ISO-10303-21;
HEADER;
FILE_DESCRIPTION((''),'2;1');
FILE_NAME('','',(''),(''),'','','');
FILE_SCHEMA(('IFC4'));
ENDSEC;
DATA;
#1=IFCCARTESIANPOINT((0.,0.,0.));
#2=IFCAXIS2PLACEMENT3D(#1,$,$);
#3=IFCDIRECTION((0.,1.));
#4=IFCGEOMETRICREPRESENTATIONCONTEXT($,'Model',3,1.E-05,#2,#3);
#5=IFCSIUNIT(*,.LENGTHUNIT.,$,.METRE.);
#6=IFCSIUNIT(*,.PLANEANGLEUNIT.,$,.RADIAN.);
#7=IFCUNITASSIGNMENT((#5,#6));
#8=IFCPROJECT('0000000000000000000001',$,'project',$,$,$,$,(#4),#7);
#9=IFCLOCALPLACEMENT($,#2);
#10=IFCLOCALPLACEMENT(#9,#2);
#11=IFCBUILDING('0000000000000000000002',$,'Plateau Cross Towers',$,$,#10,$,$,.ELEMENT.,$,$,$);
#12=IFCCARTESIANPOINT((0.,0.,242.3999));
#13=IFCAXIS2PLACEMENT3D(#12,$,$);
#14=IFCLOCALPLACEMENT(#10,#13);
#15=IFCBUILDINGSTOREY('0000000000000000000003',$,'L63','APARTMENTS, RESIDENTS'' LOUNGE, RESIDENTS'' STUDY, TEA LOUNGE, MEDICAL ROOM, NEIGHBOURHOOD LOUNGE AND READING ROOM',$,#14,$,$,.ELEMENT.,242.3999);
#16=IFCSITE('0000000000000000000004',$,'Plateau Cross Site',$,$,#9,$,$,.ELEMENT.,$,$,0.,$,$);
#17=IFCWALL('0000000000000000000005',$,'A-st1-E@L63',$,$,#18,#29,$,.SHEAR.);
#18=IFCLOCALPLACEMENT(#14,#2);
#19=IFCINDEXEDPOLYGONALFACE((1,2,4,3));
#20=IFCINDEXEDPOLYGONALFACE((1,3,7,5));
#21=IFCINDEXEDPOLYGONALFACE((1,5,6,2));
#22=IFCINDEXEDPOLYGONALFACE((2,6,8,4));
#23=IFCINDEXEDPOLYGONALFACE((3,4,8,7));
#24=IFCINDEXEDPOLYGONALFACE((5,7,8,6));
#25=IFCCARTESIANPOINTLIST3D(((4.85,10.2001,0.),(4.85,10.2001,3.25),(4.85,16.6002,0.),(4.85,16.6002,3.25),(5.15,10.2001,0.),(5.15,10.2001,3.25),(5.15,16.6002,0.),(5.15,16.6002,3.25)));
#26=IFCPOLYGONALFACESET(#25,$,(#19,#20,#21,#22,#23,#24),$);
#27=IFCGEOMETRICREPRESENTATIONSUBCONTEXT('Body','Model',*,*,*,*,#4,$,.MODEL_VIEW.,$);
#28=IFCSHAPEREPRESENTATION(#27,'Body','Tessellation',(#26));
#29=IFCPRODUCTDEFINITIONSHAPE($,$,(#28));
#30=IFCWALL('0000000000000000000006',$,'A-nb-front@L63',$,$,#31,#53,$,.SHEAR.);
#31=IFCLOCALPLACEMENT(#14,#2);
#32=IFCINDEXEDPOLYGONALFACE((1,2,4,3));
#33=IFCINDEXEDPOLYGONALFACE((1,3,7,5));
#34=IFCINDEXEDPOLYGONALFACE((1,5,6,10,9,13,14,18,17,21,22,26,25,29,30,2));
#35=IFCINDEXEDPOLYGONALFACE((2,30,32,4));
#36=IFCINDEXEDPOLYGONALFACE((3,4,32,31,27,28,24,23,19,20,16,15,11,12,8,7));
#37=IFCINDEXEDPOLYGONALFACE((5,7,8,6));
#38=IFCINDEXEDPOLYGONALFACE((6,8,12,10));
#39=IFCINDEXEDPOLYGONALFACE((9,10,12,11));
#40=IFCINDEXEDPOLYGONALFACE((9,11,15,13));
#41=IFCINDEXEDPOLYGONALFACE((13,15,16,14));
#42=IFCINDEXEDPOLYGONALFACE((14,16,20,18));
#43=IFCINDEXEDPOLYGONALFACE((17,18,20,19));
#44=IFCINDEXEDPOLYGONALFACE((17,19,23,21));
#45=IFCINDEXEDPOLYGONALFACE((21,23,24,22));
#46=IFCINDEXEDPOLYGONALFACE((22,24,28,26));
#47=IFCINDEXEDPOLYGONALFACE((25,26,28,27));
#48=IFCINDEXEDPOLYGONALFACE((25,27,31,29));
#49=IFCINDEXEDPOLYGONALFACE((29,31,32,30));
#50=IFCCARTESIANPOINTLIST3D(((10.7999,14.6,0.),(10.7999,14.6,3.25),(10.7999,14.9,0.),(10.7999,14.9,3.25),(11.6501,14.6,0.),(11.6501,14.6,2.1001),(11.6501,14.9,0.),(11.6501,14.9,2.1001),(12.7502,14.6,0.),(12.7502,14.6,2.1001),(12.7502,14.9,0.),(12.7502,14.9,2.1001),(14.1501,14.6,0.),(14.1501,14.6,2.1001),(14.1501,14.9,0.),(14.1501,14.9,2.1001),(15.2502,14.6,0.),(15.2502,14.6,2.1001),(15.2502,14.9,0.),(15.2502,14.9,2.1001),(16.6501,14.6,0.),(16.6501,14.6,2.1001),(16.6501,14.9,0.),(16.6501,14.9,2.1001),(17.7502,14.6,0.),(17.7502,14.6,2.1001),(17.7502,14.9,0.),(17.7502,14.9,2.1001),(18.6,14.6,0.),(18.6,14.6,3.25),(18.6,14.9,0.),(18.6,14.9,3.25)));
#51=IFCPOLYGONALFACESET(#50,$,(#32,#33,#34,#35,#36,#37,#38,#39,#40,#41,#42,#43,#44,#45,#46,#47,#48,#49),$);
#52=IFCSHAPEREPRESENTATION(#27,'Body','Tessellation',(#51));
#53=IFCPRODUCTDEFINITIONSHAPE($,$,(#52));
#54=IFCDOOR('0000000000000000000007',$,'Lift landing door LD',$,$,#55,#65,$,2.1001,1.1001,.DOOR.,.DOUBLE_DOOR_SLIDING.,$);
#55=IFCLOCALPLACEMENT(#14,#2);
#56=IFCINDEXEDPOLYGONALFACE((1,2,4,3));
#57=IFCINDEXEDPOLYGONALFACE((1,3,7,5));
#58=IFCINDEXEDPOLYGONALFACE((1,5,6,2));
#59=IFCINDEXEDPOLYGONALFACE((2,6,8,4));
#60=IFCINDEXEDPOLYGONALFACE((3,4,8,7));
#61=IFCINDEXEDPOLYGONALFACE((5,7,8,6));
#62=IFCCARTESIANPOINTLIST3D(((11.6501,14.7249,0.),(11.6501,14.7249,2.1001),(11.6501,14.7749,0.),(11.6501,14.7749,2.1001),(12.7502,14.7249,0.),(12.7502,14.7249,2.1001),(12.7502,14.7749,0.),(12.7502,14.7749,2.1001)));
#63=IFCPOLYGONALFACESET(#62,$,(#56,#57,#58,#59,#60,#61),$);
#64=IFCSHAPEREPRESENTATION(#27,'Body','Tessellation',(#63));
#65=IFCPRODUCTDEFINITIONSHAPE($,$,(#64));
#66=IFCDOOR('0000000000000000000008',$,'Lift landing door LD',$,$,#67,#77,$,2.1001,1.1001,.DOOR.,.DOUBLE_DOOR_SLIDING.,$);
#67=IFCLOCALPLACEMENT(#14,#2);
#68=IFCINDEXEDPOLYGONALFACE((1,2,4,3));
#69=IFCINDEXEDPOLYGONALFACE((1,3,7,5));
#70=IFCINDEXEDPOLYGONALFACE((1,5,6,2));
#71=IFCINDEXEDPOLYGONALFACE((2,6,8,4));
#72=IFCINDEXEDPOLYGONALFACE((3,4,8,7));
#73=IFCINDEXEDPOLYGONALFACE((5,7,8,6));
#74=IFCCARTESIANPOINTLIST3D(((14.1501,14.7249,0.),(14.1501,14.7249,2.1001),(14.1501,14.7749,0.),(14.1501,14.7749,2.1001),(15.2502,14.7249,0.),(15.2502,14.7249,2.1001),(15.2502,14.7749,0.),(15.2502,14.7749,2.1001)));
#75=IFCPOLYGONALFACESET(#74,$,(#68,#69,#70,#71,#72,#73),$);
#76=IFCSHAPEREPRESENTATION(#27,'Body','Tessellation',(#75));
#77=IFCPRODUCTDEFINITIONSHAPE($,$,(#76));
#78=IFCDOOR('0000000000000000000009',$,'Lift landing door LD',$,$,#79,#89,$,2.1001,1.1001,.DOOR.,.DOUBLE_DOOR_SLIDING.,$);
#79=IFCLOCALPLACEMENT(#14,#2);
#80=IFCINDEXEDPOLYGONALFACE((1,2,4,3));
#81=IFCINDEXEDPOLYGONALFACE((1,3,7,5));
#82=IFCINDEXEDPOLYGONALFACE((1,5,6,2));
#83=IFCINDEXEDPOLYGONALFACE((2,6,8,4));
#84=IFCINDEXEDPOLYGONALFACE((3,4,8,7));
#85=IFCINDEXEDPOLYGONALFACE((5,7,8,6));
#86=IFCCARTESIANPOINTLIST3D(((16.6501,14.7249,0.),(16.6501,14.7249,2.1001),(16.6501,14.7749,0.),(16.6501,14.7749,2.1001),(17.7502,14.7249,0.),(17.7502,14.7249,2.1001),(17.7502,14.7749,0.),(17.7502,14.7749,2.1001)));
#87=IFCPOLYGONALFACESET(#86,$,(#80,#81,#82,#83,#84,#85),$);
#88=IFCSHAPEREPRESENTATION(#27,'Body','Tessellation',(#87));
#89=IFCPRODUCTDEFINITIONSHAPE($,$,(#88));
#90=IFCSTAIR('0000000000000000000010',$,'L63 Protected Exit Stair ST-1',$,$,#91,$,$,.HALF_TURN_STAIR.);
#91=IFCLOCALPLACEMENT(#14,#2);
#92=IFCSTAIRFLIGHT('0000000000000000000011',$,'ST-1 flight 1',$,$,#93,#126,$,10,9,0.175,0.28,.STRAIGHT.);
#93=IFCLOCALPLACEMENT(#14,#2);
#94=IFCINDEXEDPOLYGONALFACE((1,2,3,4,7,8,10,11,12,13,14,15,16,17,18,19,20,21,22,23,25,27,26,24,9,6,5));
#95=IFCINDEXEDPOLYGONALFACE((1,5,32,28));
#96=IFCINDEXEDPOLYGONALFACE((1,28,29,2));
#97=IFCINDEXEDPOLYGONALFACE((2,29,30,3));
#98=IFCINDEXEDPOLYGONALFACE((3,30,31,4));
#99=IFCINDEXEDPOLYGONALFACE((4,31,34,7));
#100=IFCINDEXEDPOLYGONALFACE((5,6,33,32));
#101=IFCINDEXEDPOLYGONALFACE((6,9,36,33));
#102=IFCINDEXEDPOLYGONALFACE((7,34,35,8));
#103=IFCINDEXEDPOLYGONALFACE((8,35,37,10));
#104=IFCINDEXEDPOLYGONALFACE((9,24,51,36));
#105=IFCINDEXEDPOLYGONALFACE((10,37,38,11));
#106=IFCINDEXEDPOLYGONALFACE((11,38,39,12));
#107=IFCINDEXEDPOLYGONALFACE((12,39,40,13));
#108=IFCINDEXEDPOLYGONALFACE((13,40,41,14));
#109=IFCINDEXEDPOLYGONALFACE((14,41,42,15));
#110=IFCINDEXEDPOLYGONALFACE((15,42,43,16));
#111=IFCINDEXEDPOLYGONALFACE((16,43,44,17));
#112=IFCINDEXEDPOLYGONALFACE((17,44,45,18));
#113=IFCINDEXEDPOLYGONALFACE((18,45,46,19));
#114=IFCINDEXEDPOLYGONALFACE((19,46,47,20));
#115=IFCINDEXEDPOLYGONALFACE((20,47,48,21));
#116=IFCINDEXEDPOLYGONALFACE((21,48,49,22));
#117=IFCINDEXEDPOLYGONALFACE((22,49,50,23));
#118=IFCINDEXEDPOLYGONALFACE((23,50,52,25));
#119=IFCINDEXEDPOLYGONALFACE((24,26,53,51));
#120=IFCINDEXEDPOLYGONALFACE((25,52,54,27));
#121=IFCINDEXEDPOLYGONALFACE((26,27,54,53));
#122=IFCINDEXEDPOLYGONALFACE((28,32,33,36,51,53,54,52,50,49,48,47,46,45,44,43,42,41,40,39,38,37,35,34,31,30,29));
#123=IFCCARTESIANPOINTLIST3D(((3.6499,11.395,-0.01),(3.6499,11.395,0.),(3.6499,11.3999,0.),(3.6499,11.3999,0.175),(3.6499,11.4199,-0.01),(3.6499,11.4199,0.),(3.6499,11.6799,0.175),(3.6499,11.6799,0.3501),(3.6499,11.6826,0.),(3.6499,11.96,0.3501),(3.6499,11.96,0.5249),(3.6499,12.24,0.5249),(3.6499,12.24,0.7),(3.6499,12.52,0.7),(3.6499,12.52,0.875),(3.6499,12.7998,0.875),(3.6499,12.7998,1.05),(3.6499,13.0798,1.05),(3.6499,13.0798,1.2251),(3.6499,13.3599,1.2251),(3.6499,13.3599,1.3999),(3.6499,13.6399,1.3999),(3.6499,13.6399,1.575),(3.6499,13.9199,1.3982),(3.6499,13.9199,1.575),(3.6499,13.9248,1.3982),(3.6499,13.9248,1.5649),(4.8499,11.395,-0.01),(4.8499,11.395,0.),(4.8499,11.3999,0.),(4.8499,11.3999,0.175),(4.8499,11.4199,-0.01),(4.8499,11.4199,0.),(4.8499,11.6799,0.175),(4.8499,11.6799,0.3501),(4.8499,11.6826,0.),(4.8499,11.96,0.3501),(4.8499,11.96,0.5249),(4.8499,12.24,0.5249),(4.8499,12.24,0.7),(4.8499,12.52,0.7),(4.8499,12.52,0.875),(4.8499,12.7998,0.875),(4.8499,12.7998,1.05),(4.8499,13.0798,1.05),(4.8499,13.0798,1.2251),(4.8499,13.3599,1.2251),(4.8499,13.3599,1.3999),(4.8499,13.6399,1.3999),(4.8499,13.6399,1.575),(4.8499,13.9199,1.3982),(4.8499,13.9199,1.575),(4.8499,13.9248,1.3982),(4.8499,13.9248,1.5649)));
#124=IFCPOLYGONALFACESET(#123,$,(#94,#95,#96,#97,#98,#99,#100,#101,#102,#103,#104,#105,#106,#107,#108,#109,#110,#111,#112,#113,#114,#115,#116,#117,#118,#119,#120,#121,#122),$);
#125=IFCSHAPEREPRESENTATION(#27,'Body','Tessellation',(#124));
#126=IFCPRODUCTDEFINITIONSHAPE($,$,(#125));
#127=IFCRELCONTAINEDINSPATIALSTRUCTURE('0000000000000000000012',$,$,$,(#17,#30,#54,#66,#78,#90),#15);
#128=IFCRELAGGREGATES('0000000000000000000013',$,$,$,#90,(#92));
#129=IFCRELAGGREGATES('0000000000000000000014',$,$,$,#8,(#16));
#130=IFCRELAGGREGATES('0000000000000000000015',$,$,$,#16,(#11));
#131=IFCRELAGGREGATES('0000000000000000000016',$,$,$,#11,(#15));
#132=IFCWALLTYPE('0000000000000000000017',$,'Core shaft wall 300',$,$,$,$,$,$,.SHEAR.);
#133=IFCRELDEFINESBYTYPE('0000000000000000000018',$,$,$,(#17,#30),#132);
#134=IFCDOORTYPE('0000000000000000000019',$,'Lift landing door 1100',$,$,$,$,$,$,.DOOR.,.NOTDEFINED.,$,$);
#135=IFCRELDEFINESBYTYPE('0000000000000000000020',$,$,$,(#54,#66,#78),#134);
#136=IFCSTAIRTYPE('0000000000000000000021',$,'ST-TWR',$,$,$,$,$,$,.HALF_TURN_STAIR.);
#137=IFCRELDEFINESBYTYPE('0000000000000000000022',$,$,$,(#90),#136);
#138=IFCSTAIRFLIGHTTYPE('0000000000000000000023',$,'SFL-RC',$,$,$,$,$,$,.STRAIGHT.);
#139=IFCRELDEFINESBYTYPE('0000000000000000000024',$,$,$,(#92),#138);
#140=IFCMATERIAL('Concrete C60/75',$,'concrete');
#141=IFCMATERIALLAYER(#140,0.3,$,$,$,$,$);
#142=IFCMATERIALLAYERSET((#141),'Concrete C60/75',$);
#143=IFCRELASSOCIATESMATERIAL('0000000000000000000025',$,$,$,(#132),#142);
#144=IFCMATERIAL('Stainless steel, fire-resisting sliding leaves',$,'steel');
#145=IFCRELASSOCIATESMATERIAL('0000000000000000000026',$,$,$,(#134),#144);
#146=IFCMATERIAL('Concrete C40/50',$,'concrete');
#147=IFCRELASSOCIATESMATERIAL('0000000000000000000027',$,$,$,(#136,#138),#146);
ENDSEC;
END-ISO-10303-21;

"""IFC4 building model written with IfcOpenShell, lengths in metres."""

from ifc_helpers import new_model, si_unit, direction, frame, frame_2d, origin, place, context, subcontext, project, spatial, polyline, rectangle, outline, extrude, material, layer, layer_set, type_object, element, fill, aggregate, save


model = new_model("IFC4")

# Units and contexts
model_context = context("Model", 3, precision=1e-05, world=origin(), true_north=direction((0.0, 1.0)))
body_context = subcontext(model_context, "Body", "Model", "MODEL_VIEW")
ifc_project = project(units=[si_unit("LENGTHUNIT", "METRE"), si_unit("PLANEANGLEUNIT", "RADIAN")], contexts=[model_context])

# Site, building, storey
site_placement = place(None, origin())
site = spatial("IfcSite", under=ifc_project, at=site_placement, Name="Plateau Cross Site", CompositionType="ELEMENT", RefElevation=0.0)
building_placement = place(site_placement, origin())
building = spatial("IfcBuilding", under=site, at=building_placement, Name="Plateau Cross Towers", CompositionType="ELEMENT")
storey_placement = place(building_placement, frame((0.0, 0.0, 242.3999)))
storey = spatial("IfcBuildingStorey", under=building, at=storey_placement, Name="L63", Description="APARTMENTS, RESIDENTS' LOUNGE, RESIDENTS' STUDY, TEA LOUNGE, MEDICAL ROOM, NEIGHBOURHOOD LOUNGE AND READING ROOM", CompositionType="ELEMENT", Elevation=242.3999)

# Wall
ifc_material_1 = material(Name="Concrete C60/75", Category="concrete")
ifc_layer_1 = layer(ifc_material_1, 0.3)
ifc_layer_set_1 = layer_set([ifc_layer_1], Name="Concrete C60/75")
wall_type_1 = type_object("IfcWallType", Name="Core shaft wall 300", PredefinedType="SHEAR", material=ifc_layer_set_1)
wall_1_placement = place(storey_placement, frame((5.0, 10.2, 0.0), z_axis=(0.0, 0.0, 1.0), x_axis=(0.0, 1.0, 0.0)))
element("IfcWall", 1, at=wall_1_placement, inside=storey, type_object=wall_type_1, Name="A-st1-E@L63", PredefinedType="SHEAR", context=body_context, shape_type="SweptSolid", body=[
    extrude(rectangle(XDim=6.4001, YDim=0.3, at=frame_2d((3.2002, 0.0))), origin(), (0.0, 0.0, 1.0), 3.25),
])

# Wall, openings, doors
wall_2_placement = place(storey_placement, frame((10.8, 14.75, 0.0), z_axis=(0.0, 0.0, 1.0), x_axis=(1.0, 0.0, 0.0)))
wall_2 = element("IfcWall", 2, at=wall_2_placement, inside=storey, type_object=wall_type_1, Name="A-nb-front@L63", PredefinedType="SHEAR", context=body_context, shape_type="SweptSolid", body=[
    extrude(rectangle(XDim=7.8, YDim=0.3, at=frame_2d((3.8999, 0.0))), origin(), (0.0, 0.0, 1.0), 3.25),
])
opening_1_placement = place(wall_2_placement, frame((0.8501, 0.0, 0.0)))
opening_1 = element("IfcOpeningElement", 3, at=opening_1_placement, cuts=wall_2, PredefinedType="OPENING", context=body_context, shape_type="SweptSolid", body=[
    extrude(rectangle(XDim=1.1001, YDim=2.1001, at=frame_2d((0.55, 1.05))), frame((0.0, 0.1599, 0.0), z_axis=(0.0, -1.0, 0.0), x_axis=(1.0, 0.0, 0.0)), (0.0, 0.0, 1.0), 0.3201),
])
opening_2_placement = place(wall_2_placement, frame((3.3501, 0.0, 0.0)))
opening_2 = element("IfcOpeningElement", 4, at=opening_2_placement, cuts=wall_2, PredefinedType="OPENING", context=body_context, shape_type="SweptSolid", body=[
    extrude(rectangle(XDim=1.1001, YDim=2.1001, at=frame_2d((0.55, 1.05))), frame((0.0, 0.1599, 0.0), z_axis=(0.0, -1.0, 0.0), x_axis=(1.0, 0.0, 0.0)), (0.0, 0.0, 1.0), 0.3201),
])
opening_3_placement = place(wall_2_placement, frame((5.8501, 0.0, 0.0)))
opening_3 = element("IfcOpeningElement", 5, at=opening_3_placement, cuts=wall_2, PredefinedType="OPENING", context=body_context, shape_type="SweptSolid", body=[
    extrude(rectangle(XDim=1.1001, YDim=2.1001, at=frame_2d((0.55, 1.05))), frame((0.0, 0.1599, 0.0), z_axis=(0.0, -1.0, 0.0), x_axis=(1.0, 0.0, 0.0)), (0.0, 0.0, 1.0), 0.3201),
])
ifc_material_2 = material(Name="Stainless steel, fire-resisting sliding leaves", Category="steel")
door_type_1 = type_object("IfcDoorType", Name="Lift landing door 1100", OperationType="NOTDEFINED", PredefinedType="DOOR", material=ifc_material_2)
door_1_placement = place(opening_1_placement, origin())
door_1 = element("IfcDoor", 6, at=door_1_placement, inside=storey, type_object=door_type_1, Name="Lift landing door LD", OperationType="DOUBLE_DOOR_SLIDING", OverallHeight=2.1001, OverallWidth=1.1001, PredefinedType="DOOR", context=body_context, shape_type="SweptSolid", body=[
    extrude(rectangle(XDim=1.1001, YDim=2.1001, at=frame_2d((0.55, 1.05))), frame((0.0, 0.0249, 0.0), z_axis=(0.0, -1.0, 0.0), x_axis=(1.0, 0.0, 0.0)), (0.0, 0.0, 1.0), 0.05),
])
fill(opening_1, door_1)
door_2_placement = place(opening_2_placement, origin())
door_2 = element("IfcDoor", 7, at=door_2_placement, inside=storey, type_object=door_type_1, Name="Lift landing door LD", OperationType="DOUBLE_DOOR_SLIDING", OverallHeight=2.1001, OverallWidth=1.1001, PredefinedType="DOOR", context=body_context, shape_type="SweptSolid", body=[
    extrude(rectangle(XDim=1.1001, YDim=2.1001, at=frame_2d((0.55, 1.05))), frame((0.0, 0.0249, 0.0), z_axis=(0.0, -1.0, 0.0), x_axis=(1.0, 0.0, 0.0)), (0.0, 0.0, 1.0), 0.05),
])
fill(opening_2, door_2)
door_3_placement = place(opening_3_placement, origin())
door_3 = element("IfcDoor", 8, at=door_3_placement, inside=storey, type_object=door_type_1, Name="Lift landing door LD", OperationType="DOUBLE_DOOR_SLIDING", OverallHeight=2.1001, OverallWidth=1.1001, PredefinedType="DOOR", context=body_context, shape_type="SweptSolid", body=[
    extrude(rectangle(XDim=1.1001, YDim=2.1001, at=frame_2d((0.55, 1.05))), frame((0.0, 0.0249, 0.0), z_axis=(0.0, -1.0, 0.0), x_axis=(1.0, 0.0, 0.0)), (0.0, 0.0, 1.0), 0.05),
])
fill(opening_3, door_3)

# Stair, stair flight
ifc_material_3 = material(Name="Concrete C40/50", Category="concrete")
stair_type = type_object("IfcStairType", Name="ST-TWR", PredefinedType="HALF_TURN_STAIR", material=ifc_material_3)
stair_placement = place(storey_placement, origin())
stair = element("IfcStair", 9, at=stair_placement, inside=storey, type_object=stair_type, Name="L63 Protected Exit Stair ST-1", PredefinedType="HALF_TURN_STAIR")
stair_flight_type = type_object("IfcStairFlightType", Name="SFL-RC", PredefinedType="STRAIGHT", material=ifc_material_3)
stair_flight_placement = place(storey_placement, frame((4.25, 11.3999, 0.0), z_axis=(0.0, 0.0, 1.0), x_axis=(0.0, 1.0, 0.0)))
stair_flight = element("IfcStairFlight", 10, at=stair_flight_placement, type_object=stair_flight_type, Name="ST-1 flight 1", NumberOfRisers=10, NumberOfTreads=9, PredefinedType="STRAIGHT", RiserHeight=0.175, TreadLength=0.28, context=body_context, shape_type="SweptSolid", body=[
    extrude(outline(polyline([(-0.0049, -0.01), (-0.0049, 0.0), (0.0, 0.0), (0.0, 0.175), (0.28, 0.175), (0.28, 0.3501), (0.5601, 0.3501), (0.5601, 0.5249), (0.8401, 0.5249), (0.8401, 0.7), (1.1201, 0.7), (1.1201, 0.875), (1.3999, 0.875), (1.3999, 1.05), (1.6799, 1.05), (1.6799, 1.2251), (1.96, 1.2251), (1.96, 1.3999), (2.24, 1.3999), (2.24, 1.575), (2.52, 1.575), (2.5249, 1.5649), (2.5249, 1.3982), (2.52, 1.3982), (0.2827, 0.0), (0.02, 0.0), (0.02, -0.01), (-0.0049, -0.01)])), frame((0.0, 0.6001, 0.0), z_axis=(0.0, -1.0, 0.0), x_axis=(1.0, 0.0, 0.0)), (0.0, 0.0, 1.0), 1.2),
])
aggregate(stair, [stair_flight])

save(model, "model.ifc")
